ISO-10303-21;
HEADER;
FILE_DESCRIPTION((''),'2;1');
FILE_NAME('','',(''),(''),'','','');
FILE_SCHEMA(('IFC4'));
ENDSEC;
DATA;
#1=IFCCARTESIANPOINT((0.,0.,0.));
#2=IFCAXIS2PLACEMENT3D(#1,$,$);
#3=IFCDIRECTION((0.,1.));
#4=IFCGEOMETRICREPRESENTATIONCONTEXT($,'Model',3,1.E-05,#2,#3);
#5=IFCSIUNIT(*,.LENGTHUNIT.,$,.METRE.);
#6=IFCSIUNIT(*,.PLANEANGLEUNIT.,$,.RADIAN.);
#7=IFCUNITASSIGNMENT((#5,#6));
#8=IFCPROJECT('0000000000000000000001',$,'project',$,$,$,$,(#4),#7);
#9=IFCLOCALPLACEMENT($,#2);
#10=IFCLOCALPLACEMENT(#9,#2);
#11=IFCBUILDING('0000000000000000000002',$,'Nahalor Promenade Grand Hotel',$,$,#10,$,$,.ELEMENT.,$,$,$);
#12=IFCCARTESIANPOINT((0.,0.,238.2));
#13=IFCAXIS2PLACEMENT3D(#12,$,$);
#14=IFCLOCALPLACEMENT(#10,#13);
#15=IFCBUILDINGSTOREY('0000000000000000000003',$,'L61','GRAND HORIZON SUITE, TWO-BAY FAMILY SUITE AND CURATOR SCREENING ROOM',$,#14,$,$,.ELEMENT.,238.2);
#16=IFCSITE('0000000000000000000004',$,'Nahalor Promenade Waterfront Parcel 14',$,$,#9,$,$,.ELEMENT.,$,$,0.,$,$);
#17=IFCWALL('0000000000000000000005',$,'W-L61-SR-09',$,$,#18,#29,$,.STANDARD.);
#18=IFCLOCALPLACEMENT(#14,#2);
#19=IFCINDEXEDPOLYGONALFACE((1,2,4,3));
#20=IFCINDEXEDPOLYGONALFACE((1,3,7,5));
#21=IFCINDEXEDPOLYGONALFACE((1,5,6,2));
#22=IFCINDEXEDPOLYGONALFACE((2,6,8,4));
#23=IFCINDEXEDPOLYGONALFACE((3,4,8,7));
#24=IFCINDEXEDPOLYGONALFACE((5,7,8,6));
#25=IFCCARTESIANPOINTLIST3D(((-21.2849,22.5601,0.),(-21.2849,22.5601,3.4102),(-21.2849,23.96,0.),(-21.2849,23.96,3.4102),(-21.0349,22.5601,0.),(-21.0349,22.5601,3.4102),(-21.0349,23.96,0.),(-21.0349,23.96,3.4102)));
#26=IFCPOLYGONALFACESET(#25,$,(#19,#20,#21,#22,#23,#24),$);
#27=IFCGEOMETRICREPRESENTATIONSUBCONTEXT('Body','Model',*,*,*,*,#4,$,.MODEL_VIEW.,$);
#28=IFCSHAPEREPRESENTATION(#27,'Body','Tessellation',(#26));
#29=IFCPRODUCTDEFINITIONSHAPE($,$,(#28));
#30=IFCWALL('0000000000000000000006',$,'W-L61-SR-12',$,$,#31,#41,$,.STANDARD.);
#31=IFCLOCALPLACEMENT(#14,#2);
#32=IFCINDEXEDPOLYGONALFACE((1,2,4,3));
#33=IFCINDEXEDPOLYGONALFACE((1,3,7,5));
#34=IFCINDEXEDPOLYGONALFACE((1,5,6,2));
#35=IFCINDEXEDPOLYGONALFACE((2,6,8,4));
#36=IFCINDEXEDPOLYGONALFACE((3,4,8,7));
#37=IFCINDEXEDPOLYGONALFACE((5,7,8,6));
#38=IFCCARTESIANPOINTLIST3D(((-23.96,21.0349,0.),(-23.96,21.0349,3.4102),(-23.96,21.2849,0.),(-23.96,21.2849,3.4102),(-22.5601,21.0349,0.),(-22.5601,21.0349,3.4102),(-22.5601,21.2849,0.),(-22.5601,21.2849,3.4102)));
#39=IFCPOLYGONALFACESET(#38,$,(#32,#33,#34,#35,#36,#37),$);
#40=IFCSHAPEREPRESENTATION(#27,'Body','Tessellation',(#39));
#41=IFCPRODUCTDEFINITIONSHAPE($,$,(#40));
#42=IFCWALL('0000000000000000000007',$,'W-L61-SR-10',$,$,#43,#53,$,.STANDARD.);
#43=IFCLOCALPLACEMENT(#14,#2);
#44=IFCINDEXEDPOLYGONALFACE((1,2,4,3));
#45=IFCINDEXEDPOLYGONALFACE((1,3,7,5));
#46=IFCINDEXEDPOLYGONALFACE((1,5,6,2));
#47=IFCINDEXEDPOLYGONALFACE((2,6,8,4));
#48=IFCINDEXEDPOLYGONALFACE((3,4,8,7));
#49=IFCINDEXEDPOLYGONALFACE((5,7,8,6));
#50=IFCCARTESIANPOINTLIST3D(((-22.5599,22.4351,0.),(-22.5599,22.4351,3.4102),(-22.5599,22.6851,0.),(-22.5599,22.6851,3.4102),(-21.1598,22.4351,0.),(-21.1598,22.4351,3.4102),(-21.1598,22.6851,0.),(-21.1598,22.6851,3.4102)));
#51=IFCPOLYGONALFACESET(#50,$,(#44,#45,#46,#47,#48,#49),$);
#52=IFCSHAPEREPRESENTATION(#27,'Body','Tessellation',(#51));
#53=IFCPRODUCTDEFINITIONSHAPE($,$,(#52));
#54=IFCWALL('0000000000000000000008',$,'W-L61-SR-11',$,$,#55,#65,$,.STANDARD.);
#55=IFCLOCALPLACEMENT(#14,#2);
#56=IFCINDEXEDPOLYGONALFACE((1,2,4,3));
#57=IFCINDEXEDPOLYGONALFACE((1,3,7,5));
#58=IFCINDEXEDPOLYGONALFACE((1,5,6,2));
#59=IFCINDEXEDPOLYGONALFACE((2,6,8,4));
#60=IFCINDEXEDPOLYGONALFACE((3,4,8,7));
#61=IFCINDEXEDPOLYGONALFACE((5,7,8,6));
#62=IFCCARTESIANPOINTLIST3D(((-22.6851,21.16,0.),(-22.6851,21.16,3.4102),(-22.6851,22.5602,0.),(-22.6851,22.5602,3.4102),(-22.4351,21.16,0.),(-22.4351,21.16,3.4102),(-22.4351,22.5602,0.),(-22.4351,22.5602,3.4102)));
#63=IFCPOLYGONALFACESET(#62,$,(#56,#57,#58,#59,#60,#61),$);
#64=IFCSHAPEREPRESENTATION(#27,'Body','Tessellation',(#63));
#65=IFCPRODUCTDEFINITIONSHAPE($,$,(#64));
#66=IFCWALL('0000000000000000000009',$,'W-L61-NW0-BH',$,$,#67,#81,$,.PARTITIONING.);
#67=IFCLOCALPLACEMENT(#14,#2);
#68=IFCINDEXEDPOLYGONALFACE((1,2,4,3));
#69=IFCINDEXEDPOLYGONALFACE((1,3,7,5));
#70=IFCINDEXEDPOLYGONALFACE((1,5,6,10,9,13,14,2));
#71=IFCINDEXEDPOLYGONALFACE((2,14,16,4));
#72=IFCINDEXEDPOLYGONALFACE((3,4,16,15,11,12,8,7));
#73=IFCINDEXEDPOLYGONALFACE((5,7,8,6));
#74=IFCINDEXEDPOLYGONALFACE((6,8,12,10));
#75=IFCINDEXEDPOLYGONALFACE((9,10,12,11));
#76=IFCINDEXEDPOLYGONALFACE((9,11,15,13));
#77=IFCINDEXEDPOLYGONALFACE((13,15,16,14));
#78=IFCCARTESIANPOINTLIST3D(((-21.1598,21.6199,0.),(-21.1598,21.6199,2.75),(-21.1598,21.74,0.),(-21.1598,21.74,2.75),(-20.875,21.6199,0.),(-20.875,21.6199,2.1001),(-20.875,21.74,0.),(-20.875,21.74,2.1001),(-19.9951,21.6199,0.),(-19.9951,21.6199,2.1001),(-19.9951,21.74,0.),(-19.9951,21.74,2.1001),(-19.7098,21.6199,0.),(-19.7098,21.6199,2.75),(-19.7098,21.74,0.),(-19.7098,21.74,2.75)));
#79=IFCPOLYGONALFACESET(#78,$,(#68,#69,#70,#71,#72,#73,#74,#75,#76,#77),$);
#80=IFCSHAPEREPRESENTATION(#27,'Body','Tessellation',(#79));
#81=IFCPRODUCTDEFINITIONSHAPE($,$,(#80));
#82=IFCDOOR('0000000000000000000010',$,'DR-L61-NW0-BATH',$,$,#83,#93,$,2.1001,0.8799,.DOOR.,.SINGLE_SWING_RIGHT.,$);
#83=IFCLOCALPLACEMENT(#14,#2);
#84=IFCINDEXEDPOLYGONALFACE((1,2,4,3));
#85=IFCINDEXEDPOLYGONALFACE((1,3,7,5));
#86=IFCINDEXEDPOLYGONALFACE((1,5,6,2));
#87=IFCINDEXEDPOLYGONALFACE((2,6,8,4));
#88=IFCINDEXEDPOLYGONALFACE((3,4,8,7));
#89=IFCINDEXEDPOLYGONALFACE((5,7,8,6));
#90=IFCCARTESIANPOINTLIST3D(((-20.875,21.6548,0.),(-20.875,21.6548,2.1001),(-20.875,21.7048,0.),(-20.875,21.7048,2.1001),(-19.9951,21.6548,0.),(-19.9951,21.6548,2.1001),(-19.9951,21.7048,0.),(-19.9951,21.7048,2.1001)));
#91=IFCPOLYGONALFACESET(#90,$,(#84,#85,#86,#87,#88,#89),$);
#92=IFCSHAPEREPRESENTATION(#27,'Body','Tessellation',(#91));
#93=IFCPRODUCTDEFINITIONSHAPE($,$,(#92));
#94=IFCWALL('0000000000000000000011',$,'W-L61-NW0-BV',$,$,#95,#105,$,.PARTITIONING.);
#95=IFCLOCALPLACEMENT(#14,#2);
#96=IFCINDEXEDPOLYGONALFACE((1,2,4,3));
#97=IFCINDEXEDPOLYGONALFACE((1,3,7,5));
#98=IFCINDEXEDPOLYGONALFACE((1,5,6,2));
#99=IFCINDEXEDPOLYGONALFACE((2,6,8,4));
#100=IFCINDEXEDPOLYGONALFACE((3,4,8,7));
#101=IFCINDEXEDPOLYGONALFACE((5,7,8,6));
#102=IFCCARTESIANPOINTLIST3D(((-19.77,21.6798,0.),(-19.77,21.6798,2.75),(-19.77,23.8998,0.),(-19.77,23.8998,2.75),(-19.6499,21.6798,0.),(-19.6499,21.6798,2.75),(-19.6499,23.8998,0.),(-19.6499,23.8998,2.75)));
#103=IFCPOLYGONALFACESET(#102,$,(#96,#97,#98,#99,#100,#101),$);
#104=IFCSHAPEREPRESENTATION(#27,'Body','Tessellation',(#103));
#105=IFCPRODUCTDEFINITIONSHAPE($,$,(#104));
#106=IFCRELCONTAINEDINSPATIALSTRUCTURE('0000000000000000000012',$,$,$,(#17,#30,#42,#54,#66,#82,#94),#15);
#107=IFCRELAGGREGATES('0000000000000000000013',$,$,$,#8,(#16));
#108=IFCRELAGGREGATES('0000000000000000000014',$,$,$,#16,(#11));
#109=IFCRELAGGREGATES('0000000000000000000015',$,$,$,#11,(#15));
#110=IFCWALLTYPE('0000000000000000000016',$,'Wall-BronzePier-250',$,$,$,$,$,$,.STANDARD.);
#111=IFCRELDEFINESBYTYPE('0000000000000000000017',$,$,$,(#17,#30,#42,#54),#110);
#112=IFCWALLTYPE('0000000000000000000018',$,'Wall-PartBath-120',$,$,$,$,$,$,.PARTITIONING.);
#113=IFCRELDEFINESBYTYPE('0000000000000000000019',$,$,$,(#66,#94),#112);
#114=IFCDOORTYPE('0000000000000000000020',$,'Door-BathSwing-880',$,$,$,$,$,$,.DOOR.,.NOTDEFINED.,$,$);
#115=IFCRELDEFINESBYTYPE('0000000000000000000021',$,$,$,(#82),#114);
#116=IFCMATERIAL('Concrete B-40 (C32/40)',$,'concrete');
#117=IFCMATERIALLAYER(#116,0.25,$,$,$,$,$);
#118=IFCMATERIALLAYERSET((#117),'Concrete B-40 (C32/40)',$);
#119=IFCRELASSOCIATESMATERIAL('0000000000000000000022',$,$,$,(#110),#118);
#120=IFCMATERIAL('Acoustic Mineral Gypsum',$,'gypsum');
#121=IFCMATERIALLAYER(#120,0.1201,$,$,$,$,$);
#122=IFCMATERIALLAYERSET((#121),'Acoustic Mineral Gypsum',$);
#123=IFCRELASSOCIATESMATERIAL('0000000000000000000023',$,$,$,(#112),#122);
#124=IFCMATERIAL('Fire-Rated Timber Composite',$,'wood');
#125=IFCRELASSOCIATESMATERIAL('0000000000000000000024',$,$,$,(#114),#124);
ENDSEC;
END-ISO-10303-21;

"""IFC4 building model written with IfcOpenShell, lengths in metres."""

from ifc_helpers import new_model, si_unit, direction, frame, frame_2d, origin, place, context, subcontext, project, spatial, rectangle, extrude, source, transform, mapped, material, layer, layer_set, type_object, element, fill, save


model = new_model("IFC4")

# Units and contexts
model_context = context("Model", 3, precision=1e-05, world=origin(), true_north=direction((0.0, 1.0)))
body_context = subcontext(model_context, "Body", "Model", "MODEL_VIEW")
ifc_project = project(units=[si_unit("LENGTHUNIT", "METRE"), si_unit("PLANEANGLEUNIT", "RADIAN")], contexts=[model_context])

# Site, building, storey
site_placement = place(None, origin())
site = spatial("IfcSite", under=ifc_project, at=site_placement, Name="Nahalor Promenade Waterfront Parcel 14", CompositionType="ELEMENT", RefElevation=0.0)
building_placement = place(site_placement, origin())
building = spatial("IfcBuilding", under=site, at=building_placement, Name="Nahalor Promenade Grand Hotel", CompositionType="ELEMENT")
storey_placement = place(building_placement, frame((0.0, 0.0, 238.2)))
storey = spatial("IfcBuildingStorey", under=building, at=storey_placement, Name="L61", Description="GRAND HORIZON SUITE, TWO-BAY FAMILY SUITE AND CURATOR SCREENING ROOM", CompositionType="ELEMENT", Elevation=238.2)

# Walls
ifc_material_1 = material(Name="Concrete B-40 (C32/40)", Category="concrete")
ifc_layer_1 = layer(ifc_material_1, 0.25)
ifc_layer_set_1 = layer_set([ifc_layer_1], Name="Concrete B-40 (C32/40)")
wall_type_1 = type_object("IfcWallType", Name="Wall-BronzePier-250", PredefinedType="STANDARD", material=ifc_layer_set_1)
shared_shape_1 = source(origin(), body_context, "Body", "SweptSolid", [
    extrude(rectangle(XDim=1.3999, YDim=0.25, at=frame_2d((0.7, 0.0))), origin(), (0.0, 0.0, 1.0), 3.4102),
])
for number, where, z_axis, x_axis, name in (
    (1, (-21.1599, 22.5601, 0.0), (0.0, 0.0, 1.0), (0.0, 1.0, 0.0), "W-L61-SR-09"),
    (2, (-23.96, 21.1599, 0.0), (0.0, 0.0, 1.0), (1.0, 0.0, 0.0), "W-L61-SR-12"),
):
    element("IfcWall", number, at=place(storey_placement, frame(where, z_axis=z_axis, x_axis=x_axis)), inside=storey, type_object=wall_type_1, Name=name, PredefinedType="STANDARD", context=body_context, shape_type="MappedRepresentation", body=[
        mapped(shared_shape_1, transform((0.0, 0.0, 0.0), scale=1.0)),
    ])
shared_shape_2 = source(origin(), body_context, "Body", "SweptSolid", [
    extrude(rectangle(XDim=1.4001, YDim=0.25, at=frame_2d((0.7002, 0.0))), origin(), (0.0, 0.0, 1.0), 3.4102),
])
for number, where, z_axis, x_axis, name in (
    (3, (-22.5601, 22.5601, 0.0), (0.0, 0.0, 1.0), (1.0, 0.0, 0.0), "W-L61-SR-10"),
    (4, (-22.5601, 21.1599, 0.0), (0.0, 0.0, 1.0), (0.0, 1.0, 0.0), "W-L61-SR-11"),
):
    element("IfcWall", number, at=place(storey_placement, frame(where, z_axis=z_axis, x_axis=x_axis)), inside=storey, type_object=wall_type_1, Name=name, PredefinedType="STANDARD", context=body_context, shape_type="MappedRepresentation", body=[
        mapped(shared_shape_2, transform((0.0, 0.0, 0.0), scale=1.0)),
    ])

# Wall, opening, door
ifc_material_2 = material(Name="Acoustic Mineral Gypsum", Category="gypsum")
ifc_layer_2 = layer(ifc_material_2, 0.1201)
ifc_layer_set_2 = layer_set([ifc_layer_2], Name="Acoustic Mineral Gypsum")
wall_type_2 = type_object("IfcWallType", Name="Wall-PartBath-120", PredefinedType="PARTITIONING", material=ifc_layer_set_2)
shared_shape_3 = source(origin(), body_context, "Body", "SweptSolid", [
    extrude(rectangle(XDim=1.45, YDim=0.1201, at=frame_2d((0.7251, 0.0))), origin(), (0.0, 0.0, 1.0), 2.75),
])
wall_1_placement = place(storey_placement, frame((-21.1599, 21.6799, 0.0), z_axis=(0.0, 0.0, 1.0), x_axis=(1.0, 0.0, 0.0)))
wall_1 = element("IfcWall", 5, at=wall_1_placement, inside=storey, type_object=wall_type_2, Name="W-L61-NW0-BH", PredefinedType="PARTITIONING", context=body_context, shape_type="MappedRepresentation", body=[
    mapped(shared_shape_3, transform((0.0, 0.0, 0.0), scale=1.0)),
])
opening_placement = place(wall_1_placement, frame((0.2849, 0.0, 0.0)))
opening = element("IfcOpeningElement", 6, at=opening_placement, cuts=wall_1, PredefinedType="OPENING", context=body_context, shape_type="SweptSolid", body=[
    extrude(rectangle(XDim=0.8799, YDim=2.1001, at=frame_2d((0.4399, 1.05))), frame((0.0, 0.0701, 0.0), z_axis=(0.0, -1.0, 0.0), x_axis=(1.0, 0.0, 0.0)), (0.0, 0.0, 1.0), 0.1401),
])
ifc_material_3 = material(Name="Fire-Rated Timber Composite", Category="wood")
door_type = type_object("IfcDoorType", Name="Door-BathSwing-880", OperationType="NOTDEFINED", PredefinedType="DOOR", material=ifc_material_3)
shared_shape_4 = source(origin(), body_context, "Body", "SweptSolid", [
    extrude(rectangle(XDim=0.8799, YDim=2.1001, at=frame_2d((0.4399, 1.05))), frame((0.0, 0.0249, 0.0), z_axis=(0.0, -1.0, 0.0), x_axis=(1.0, 0.0, 0.0)), (0.0, 0.0, 1.0), 0.05),
])
door_placement = place(opening_placement, origin())
door = element("IfcDoor", 7, at=door_placement, inside=storey, type_object=door_type, Name="DR-L61-NW0-BATH", OperationType="SINGLE_SWING_RIGHT", OverallHeight=2.1001, OverallWidth=0.8799, PredefinedType="DOOR", context=body_context, shape_type="MappedRepresentation", body=[
    mapped(shared_shape_4, transform((0.0, 0.0, 0.0), scale=1.0)),
])
fill(opening, door)

# Wall
shared_shape_5 = source(origin(), body_context, "Body", "SweptSolid", [
    extrude(rectangle(XDim=2.22, YDim=0.1201, at=frame_2d((1.1099, 0.0))), origin(), (0.0, 0.0, 1.0), 2.75),
])
wall_2_placement = place(storey_placement, frame((-19.71, 21.6799, 0.0), z_axis=(0.0, 0.0, 1.0), x_axis=(0.0, 1.0, 0.0)))
element("IfcWall", 8, at=wall_2_placement, inside=storey, type_object=wall_type_2, Name="W-L61-NW0-BV", PredefinedType="PARTITIONING", context=body_context, shape_type="MappedRepresentation", body=[
    mapped(shared_shape_5, transform((0.0, 0.0, 0.0), scale=1.0)),
])

save(model, "model.ifc")
